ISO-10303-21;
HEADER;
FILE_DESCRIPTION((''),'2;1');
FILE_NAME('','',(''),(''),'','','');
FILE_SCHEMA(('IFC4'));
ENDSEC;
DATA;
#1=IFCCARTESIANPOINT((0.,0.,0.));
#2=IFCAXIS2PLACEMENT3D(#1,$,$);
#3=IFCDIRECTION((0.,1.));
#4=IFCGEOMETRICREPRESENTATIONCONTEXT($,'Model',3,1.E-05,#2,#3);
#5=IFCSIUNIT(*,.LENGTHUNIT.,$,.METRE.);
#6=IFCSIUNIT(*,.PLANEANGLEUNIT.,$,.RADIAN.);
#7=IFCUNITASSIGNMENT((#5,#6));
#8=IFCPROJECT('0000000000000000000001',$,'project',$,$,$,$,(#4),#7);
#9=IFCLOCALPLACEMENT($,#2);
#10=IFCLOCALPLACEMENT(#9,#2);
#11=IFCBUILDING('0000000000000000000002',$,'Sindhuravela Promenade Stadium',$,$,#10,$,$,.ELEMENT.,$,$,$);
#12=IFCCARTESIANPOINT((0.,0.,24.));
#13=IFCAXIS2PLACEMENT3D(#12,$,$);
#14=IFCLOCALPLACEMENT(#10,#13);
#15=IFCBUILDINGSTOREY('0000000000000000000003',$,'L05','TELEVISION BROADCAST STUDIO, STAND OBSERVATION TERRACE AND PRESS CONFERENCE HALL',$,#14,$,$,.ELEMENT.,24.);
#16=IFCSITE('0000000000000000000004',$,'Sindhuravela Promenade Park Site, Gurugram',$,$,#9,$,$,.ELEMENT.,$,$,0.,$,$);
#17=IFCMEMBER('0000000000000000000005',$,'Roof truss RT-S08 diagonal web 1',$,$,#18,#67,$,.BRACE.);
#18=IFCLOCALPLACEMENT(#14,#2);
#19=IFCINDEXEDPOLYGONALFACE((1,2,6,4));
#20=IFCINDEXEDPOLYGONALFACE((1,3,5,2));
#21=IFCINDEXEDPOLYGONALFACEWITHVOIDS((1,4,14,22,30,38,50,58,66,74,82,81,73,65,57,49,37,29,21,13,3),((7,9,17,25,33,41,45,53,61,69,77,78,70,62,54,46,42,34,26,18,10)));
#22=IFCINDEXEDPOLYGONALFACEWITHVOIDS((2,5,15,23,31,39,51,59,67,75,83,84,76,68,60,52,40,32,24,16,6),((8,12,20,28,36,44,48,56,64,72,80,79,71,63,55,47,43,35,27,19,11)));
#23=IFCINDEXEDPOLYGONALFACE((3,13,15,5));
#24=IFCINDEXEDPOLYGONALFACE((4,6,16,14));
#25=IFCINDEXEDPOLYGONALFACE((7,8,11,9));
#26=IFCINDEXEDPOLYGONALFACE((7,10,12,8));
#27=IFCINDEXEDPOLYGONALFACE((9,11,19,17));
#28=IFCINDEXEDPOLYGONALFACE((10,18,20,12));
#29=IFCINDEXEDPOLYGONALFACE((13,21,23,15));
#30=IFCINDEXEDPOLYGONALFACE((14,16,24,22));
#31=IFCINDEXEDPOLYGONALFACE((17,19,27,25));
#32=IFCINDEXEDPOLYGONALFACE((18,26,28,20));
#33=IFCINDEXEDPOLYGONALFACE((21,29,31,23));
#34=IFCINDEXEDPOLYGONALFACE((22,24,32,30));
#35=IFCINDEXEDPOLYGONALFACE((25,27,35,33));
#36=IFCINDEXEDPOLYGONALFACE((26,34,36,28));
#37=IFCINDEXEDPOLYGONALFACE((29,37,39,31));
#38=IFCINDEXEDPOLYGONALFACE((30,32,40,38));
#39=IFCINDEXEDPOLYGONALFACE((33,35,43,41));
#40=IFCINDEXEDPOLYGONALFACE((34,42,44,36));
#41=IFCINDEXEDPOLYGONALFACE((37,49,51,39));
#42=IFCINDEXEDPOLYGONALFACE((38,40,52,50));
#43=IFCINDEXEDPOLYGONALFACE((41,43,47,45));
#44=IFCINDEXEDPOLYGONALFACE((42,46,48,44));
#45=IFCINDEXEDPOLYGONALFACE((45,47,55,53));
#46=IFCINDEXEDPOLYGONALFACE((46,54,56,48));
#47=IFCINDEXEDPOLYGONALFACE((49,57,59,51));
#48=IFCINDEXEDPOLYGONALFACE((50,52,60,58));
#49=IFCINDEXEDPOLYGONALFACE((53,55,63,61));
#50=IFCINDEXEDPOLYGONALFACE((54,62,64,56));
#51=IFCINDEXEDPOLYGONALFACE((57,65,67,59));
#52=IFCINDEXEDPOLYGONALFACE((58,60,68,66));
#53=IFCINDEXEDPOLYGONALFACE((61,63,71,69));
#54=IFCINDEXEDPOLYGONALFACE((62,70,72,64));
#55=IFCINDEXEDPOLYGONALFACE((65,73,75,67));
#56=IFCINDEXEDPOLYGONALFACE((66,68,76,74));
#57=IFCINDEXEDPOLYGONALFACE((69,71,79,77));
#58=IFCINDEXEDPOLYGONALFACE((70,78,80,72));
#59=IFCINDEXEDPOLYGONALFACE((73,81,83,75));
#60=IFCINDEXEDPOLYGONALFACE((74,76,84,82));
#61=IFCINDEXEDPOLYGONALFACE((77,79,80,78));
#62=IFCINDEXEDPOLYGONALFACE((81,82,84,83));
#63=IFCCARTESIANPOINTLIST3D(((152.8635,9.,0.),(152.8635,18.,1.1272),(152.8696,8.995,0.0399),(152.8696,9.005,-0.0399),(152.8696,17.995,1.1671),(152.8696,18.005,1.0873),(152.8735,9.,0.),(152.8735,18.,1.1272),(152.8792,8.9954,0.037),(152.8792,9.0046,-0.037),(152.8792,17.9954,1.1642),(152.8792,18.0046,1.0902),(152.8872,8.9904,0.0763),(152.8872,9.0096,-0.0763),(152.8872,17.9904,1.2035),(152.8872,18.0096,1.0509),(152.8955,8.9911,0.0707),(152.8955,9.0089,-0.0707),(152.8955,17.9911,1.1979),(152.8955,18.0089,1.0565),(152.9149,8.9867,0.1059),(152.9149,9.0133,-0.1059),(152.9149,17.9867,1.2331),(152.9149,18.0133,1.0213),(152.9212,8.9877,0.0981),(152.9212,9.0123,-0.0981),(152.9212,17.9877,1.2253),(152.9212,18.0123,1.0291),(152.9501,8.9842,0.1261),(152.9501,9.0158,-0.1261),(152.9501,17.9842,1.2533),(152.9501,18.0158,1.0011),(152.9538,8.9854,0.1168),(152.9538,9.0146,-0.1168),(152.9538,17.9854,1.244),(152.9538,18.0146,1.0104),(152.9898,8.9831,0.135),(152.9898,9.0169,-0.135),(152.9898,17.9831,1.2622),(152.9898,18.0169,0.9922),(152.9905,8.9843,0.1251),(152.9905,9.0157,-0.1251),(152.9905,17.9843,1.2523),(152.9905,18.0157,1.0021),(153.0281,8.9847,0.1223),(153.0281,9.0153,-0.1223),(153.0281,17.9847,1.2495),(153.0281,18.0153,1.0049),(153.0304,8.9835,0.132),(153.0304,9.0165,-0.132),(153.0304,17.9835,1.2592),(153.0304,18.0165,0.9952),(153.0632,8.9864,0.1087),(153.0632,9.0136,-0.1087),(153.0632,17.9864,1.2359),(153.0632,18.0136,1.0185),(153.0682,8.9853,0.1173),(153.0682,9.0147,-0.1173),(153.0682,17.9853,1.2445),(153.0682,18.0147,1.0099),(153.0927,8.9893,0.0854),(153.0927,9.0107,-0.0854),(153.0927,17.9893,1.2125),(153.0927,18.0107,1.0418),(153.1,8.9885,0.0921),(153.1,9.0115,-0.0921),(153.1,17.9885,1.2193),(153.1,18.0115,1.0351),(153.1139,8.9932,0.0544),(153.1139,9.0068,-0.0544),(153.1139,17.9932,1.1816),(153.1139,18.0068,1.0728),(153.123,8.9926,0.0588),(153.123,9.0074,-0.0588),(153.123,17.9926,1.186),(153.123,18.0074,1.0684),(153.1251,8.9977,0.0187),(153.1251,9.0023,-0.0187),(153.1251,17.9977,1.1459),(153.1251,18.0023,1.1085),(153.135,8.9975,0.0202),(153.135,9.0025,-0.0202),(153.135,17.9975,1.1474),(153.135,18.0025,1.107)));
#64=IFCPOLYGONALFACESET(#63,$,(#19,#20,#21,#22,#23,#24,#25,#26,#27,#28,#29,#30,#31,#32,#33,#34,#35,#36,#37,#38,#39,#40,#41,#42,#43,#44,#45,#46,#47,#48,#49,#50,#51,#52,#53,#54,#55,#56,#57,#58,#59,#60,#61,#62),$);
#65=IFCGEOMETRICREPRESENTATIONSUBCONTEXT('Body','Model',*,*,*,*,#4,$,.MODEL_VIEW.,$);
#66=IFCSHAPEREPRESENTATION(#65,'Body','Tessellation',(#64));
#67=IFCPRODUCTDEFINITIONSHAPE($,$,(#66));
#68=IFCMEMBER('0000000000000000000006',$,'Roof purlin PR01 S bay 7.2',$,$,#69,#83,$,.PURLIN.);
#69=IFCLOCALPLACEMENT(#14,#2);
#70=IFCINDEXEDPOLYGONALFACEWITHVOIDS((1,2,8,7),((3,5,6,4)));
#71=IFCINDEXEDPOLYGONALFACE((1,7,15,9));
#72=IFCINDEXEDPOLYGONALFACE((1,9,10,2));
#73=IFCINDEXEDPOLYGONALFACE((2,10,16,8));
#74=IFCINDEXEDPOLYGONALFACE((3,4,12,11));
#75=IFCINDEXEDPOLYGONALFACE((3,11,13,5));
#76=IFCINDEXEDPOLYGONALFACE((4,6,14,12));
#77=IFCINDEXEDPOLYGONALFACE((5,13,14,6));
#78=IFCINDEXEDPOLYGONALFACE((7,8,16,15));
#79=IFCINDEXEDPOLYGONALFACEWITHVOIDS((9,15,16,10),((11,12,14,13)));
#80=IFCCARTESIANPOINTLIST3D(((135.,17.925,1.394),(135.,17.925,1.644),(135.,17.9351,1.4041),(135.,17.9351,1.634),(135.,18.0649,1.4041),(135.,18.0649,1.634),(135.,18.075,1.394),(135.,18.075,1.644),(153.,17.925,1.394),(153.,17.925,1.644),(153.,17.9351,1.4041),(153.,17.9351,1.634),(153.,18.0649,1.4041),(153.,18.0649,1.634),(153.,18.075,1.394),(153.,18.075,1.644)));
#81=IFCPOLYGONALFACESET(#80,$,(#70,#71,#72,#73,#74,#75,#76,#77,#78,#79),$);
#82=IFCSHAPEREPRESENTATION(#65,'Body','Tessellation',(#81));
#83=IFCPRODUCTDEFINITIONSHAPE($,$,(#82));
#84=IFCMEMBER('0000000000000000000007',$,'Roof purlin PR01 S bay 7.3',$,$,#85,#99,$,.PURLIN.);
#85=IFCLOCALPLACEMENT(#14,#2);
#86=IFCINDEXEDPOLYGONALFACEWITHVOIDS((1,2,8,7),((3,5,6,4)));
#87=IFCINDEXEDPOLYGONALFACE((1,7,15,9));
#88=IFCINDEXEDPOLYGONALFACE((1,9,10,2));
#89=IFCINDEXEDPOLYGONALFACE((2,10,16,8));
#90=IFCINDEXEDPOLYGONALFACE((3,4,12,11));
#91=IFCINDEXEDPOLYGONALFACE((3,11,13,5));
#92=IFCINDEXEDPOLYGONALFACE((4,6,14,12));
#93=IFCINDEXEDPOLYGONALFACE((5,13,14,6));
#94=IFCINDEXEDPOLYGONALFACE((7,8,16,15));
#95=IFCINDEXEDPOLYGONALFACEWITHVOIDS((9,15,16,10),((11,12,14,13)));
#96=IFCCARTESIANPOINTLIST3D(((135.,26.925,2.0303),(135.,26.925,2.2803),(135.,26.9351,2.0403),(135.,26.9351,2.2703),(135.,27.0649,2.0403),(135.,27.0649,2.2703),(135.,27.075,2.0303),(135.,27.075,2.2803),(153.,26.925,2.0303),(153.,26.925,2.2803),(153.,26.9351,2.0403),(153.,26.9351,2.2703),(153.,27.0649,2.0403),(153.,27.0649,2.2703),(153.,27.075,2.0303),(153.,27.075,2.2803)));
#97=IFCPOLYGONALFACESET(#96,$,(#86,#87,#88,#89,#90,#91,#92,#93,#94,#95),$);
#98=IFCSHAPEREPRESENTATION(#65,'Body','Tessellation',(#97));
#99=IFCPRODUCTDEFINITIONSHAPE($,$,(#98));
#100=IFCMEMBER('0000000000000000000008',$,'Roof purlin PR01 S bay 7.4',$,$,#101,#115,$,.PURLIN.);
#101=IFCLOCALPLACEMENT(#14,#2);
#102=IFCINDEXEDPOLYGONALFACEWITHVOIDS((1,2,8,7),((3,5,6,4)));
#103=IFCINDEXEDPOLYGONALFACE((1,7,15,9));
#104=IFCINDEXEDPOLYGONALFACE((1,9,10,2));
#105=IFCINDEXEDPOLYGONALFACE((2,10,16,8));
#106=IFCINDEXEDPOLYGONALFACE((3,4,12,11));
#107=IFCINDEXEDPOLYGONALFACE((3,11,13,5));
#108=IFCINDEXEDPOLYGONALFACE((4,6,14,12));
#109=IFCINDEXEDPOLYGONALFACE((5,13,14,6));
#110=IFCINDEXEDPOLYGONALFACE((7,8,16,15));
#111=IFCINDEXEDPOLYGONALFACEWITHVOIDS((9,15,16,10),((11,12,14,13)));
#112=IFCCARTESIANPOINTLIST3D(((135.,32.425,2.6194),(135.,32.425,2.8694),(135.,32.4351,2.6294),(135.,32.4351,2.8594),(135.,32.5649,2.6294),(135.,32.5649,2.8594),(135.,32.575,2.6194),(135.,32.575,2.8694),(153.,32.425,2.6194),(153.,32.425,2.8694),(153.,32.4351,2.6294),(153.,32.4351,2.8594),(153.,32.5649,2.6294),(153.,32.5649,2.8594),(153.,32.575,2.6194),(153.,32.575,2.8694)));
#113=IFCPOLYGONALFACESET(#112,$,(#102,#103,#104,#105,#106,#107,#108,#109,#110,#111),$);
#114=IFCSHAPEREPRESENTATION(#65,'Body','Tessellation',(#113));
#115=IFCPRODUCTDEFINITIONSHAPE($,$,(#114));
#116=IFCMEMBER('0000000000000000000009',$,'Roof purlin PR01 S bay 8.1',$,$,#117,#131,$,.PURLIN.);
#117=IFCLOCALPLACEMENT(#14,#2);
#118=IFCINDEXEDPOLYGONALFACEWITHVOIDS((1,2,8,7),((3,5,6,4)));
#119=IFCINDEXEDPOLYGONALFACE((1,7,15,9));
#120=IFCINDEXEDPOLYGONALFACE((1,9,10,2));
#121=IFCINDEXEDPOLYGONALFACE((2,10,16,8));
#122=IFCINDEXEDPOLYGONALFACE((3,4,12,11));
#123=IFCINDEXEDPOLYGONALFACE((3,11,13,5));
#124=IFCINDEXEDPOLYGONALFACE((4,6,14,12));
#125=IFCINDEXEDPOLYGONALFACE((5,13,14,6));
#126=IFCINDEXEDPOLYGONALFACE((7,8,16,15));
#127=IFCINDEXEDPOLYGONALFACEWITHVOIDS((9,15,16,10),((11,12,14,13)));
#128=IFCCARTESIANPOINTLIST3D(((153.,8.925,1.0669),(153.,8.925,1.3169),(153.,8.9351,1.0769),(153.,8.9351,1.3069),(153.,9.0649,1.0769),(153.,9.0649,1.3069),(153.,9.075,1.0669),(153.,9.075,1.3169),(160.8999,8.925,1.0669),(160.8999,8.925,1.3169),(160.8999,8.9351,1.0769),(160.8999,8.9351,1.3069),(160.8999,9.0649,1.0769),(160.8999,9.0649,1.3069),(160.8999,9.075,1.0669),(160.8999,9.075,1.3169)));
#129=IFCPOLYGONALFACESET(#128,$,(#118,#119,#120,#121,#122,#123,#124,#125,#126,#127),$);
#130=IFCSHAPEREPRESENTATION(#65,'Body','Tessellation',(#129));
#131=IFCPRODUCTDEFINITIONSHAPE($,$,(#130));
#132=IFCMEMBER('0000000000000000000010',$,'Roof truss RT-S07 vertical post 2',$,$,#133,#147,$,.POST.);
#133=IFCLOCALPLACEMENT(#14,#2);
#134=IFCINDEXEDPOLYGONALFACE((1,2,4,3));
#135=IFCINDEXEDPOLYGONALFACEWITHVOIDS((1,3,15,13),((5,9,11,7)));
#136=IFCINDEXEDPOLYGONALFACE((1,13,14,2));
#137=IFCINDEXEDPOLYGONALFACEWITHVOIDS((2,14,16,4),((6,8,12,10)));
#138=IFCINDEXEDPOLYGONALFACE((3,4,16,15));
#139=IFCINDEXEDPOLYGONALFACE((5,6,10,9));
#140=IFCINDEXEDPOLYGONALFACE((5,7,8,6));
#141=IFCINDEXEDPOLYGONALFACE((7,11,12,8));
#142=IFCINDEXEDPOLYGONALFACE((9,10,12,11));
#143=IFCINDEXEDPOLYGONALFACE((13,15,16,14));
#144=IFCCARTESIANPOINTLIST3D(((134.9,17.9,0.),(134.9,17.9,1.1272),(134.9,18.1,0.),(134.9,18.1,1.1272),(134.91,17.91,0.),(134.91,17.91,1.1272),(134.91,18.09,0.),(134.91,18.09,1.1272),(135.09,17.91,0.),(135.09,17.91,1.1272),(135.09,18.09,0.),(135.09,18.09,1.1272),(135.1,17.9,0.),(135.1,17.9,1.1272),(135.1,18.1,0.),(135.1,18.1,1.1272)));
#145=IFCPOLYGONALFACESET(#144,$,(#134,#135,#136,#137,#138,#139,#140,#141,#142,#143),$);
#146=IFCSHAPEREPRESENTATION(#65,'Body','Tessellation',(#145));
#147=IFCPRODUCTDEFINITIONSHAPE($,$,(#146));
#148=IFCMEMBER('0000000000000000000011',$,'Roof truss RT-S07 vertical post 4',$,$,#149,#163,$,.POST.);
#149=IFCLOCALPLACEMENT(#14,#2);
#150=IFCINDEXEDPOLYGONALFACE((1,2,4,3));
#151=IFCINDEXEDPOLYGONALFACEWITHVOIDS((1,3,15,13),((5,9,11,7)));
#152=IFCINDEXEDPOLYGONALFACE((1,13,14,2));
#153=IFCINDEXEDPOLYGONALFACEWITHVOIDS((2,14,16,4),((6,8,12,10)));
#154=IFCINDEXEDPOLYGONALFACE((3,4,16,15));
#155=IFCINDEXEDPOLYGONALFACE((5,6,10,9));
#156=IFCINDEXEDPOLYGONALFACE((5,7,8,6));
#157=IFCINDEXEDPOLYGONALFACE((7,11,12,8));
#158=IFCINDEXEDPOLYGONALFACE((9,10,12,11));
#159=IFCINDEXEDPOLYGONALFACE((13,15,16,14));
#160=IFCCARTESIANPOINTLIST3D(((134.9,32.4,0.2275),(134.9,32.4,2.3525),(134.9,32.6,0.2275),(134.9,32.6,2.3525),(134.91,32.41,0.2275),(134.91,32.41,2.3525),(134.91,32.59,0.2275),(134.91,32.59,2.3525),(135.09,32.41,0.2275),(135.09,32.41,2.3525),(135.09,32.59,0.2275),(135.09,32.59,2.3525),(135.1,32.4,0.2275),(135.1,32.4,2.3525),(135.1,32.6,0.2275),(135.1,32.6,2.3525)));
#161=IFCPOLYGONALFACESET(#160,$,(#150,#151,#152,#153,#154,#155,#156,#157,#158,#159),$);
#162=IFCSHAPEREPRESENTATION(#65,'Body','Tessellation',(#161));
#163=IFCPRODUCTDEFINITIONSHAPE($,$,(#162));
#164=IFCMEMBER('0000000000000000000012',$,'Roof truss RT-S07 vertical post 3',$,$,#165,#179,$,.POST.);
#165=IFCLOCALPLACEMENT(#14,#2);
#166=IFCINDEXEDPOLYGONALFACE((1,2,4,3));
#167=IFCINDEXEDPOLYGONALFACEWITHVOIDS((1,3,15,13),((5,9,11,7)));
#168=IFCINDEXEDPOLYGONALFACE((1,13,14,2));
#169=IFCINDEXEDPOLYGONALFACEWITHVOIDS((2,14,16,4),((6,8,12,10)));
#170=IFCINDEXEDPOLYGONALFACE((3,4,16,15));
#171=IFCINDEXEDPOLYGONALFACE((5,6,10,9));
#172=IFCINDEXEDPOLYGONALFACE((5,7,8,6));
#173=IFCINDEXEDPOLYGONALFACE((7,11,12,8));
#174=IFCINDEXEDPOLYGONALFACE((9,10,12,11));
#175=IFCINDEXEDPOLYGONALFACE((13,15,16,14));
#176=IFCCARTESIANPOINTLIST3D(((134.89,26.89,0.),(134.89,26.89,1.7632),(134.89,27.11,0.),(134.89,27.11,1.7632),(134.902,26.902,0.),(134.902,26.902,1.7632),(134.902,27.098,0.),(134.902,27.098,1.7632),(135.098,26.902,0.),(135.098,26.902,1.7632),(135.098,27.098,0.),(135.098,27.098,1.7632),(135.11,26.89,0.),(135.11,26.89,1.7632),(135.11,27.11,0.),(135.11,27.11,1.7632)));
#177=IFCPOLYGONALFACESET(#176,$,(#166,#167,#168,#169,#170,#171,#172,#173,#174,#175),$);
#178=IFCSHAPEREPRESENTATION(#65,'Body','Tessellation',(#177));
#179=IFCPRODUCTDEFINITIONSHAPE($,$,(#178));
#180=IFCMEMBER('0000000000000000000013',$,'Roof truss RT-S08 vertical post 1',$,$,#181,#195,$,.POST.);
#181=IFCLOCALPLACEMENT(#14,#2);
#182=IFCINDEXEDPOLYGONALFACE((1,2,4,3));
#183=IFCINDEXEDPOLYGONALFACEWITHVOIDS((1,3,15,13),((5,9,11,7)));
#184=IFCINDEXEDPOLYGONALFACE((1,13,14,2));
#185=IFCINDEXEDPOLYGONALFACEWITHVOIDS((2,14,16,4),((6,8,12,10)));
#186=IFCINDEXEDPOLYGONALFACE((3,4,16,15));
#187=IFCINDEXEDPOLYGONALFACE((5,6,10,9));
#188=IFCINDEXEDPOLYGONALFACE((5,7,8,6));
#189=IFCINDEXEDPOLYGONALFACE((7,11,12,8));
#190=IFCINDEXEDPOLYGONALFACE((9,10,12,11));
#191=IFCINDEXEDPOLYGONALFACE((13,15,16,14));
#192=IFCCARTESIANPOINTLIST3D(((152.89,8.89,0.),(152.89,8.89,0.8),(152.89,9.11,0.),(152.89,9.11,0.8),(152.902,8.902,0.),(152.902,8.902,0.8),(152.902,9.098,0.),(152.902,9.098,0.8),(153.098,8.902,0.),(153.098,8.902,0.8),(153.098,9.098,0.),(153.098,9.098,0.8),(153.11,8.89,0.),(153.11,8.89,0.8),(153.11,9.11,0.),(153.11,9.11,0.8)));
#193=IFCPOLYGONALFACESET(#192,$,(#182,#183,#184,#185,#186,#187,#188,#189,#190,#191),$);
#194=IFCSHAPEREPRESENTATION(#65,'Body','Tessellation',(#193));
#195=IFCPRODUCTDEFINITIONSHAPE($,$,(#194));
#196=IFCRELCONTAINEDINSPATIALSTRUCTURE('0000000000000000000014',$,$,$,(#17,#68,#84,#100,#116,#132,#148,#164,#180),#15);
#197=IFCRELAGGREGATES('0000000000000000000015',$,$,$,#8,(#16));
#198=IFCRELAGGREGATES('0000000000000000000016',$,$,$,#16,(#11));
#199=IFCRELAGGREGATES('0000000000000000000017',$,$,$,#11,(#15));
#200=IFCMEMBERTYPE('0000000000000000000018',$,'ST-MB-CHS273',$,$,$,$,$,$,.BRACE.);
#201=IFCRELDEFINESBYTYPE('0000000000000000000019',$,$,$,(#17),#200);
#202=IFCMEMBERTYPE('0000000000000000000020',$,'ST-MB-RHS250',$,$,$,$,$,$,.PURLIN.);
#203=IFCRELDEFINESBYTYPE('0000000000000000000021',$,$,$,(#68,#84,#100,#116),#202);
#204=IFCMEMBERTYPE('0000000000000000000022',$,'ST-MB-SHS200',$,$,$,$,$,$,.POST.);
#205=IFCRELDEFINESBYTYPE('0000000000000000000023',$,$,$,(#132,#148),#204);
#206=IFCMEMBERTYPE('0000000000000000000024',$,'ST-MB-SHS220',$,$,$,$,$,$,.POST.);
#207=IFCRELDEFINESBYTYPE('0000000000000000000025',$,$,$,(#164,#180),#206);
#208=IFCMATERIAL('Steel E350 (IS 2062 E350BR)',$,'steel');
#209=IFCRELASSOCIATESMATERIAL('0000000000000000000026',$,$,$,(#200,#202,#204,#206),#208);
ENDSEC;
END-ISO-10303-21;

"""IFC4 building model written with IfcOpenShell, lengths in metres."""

from ifc_helpers import new_model, si_unit, direction, frame, origin, origin_2d, place, context, subcontext, project, spatial, hollow_rectangle, hollow_circle, extrude, material, material_profile, profile_set, type_object, element, save


model = new_model("IFC4")

# Units and contexts
model_context = context("Model", 3, precision=1e-05, world=origin(), true_north=direction((0.0, 1.0)))
body_context = subcontext(model_context, "Body", "Model", "MODEL_VIEW")
ifc_project = project(units=[si_unit("LENGTHUNIT", "METRE"), si_unit("PLANEANGLEUNIT", "RADIAN")], contexts=[model_context])

# Site, building, storey
site_placement = place(None, origin())
site = spatial("IfcSite", under=ifc_project, at=site_placement, Name="Sindhuravela Promenade Park Site, Gurugram", CompositionType="ELEMENT", RefElevation=0.0)
building_placement = place(site_placement, origin())
building = spatial("IfcBuilding", under=site, at=building_placement, Name="Sindhuravela Promenade Stadium", CompositionType="ELEMENT")
storey_placement = place(building_placement, frame((0.0, 0.0, 24.0)))
storey = spatial("IfcBuildingStorey", under=building, at=storey_placement, Name="L05", Description="TELEVISION BROADCAST STUDIO, STAND OBSERVATION TERRACE AND PRESS CONFERENCE HALL", CompositionType="ELEMENT", Elevation=24.0)

# Shared definitions
ifc_material_1 = material(Name="Steel E350 (IS 2062 E350BR)", Category="steel")

# Members
ifc_material_profile_1 = material_profile(ifc_material_1, hollow_circle(Radius=0.1365, WallThickness=0.01, at=origin_2d()), Name="CHS 273.0x10")
ifc_profile_set_1 = profile_set([ifc_material_profile_1], Name="Steel E350 (IS 2062 E350BR)")
member_type_1 = type_object("IfcMemberType", Name="ST-MB-CHS273", PredefinedType="BRACE", material=ifc_profile_set_1)
member_1_placement = place(storey_placement, frame((153.0, 9.0, 0.0), z_axis=(0.0, 0.992248, 0.124273), x_axis=(-1.0, 0.0, 0.0)))
element("IfcMember", 1, at=member_1_placement, inside=storey, type_object=member_type_1, Name="Roof truss RT-S08 diagonal web 1", PredefinedType="BRACE", context=body_context, shape_type="SweptSolid", body=[
    extrude(hollow_circle(Radius=0.1365, WallThickness=0.01, at=origin_2d()), origin(), (0.0, 0.0, 1.0), 9.0703),
])
ifc_material_profile_2 = material_profile(ifc_material_1, hollow_rectangle(XDim=0.1499, YDim=0.25, WallThickness=0.01, at=origin_2d()), Name="RHS 250x150x10")
ifc_profile_set_2 = profile_set([ifc_material_profile_2], Name="Steel E350 (IS 2062 E350BR)")
member_type_2 = type_object("IfcMemberType", Name="ST-MB-RHS250", PredefinedType="PURLIN", material=ifc_profile_set_2)
for number, where, z_axis, x_axis, name in (
    (2, (135.0, 18.0, 1.519), (1.0, 0.0, 0.0), (0.0, 1.0, 0.0), "Roof purlin PR01 S bay 7.2"),
    (3, (135.0, 27.0, 2.1553), (1.0, 0.0, 0.0), (0.0, 1.0, 0.0), "Roof purlin PR01 S bay 7.3"),
    (4, (135.0, 32.5, 2.7444), (1.0, 0.0, 0.0), (0.0, 1.0, 0.0), "Roof purlin PR01 S bay 7.4"),
):
    element("IfcMember", number, at=place(storey_placement, frame(where, z_axis=z_axis, x_axis=x_axis)), inside=storey, type_object=member_type_2, Name=name, PredefinedType="PURLIN", context=body_context, shape_type="SweptSolid", body=[
        extrude(hollow_rectangle(XDim=0.1499, YDim=0.25, WallThickness=0.01, at=origin_2d()), origin(), (0.0, 0.0, 1.0), 18.0),
    ])
member_2_placement = place(storey_placement, frame((153.0, 9.0, 1.1919), z_axis=(1.0, 0.0, 0.0), x_axis=(0.0, 1.0, 0.0)))
element("IfcMember", 5, at=member_2_placement, inside=storey, type_object=member_type_2, Name="Roof purlin PR01 S bay 8.1", PredefinedType="PURLIN", context=body_context, shape_type="SweptSolid", body=[
    extrude(hollow_rectangle(XDim=0.1499, YDim=0.25, WallThickness=0.01, at=origin_2d()), origin(), (0.0, 0.0, 1.0), 7.8999),
])
ifc_material_profile_3 = material_profile(ifc_material_1, hollow_rectangle(XDim=0.2, YDim=0.2, WallThickness=0.01, at=origin_2d()), Name="SHS 200x200x10")
ifc_profile_set_3 = profile_set([ifc_material_profile_3], Name="Steel E350 (IS 2062 E350BR)")
member_type_3 = type_object("IfcMemberType", Name="ST-MB-SHS200", PredefinedType="POST", material=ifc_profile_set_3)
member_3_placement = place(storey_placement, frame((135.0, 18.0, 0.0), z_axis=(0.0, 0.0, 1.0), x_axis=(1.0, 0.0, 0.0)))
element("IfcMember", 6, at=member_3_placement, inside=storey, type_object=member_type_3, Name="Roof truss RT-S07 vertical post 2", PredefinedType="POST", context=body_context, shape_type="SweptSolid", body=[
    extrude(hollow_rectangle(XDim=0.2, YDim=0.2, WallThickness=0.01, at=origin_2d()), origin(), (0.0, 0.0, 1.0), 1.1272),
])
member_4_placement = place(storey_placement, frame((135.0, 32.5, 0.2275), z_axis=(0.0, 0.0, 1.0), x_axis=(1.0, 0.0, 0.0)))
element("IfcMember", 7, at=member_4_placement, inside=storey, type_object=member_type_3, Name="Roof truss RT-S07 vertical post 4", PredefinedType="POST", context=body_context, shape_type="SweptSolid", body=[
    extrude(hollow_rectangle(XDim=0.2, YDim=0.2, WallThickness=0.01, at=origin_2d()), origin(), (0.0, 0.0, 1.0), 2.125),
])
ifc_material_profile_4 = material_profile(ifc_material_1, hollow_rectangle(XDim=0.22, YDim=0.22, WallThickness=0.012, at=origin_2d()), Name="SHS 220x220x12")
ifc_profile_set_4 = profile_set([ifc_material_profile_4], Name="Steel E350 (IS 2062 E350BR)")
member_type_4 = type_object("IfcMemberType", Name="ST-MB-SHS220", PredefinedType="POST", material=ifc_profile_set_4)
member_5_placement = place(storey_placement, frame((135.0, 27.0, 0.0), z_axis=(0.0, 0.0, 1.0), x_axis=(1.0, 0.0, 0.0)))
element("IfcMember", 8, at=member_5_placement, inside=storey, type_object=member_type_4, Name="Roof truss RT-S07 vertical post 3", PredefinedType="POST", context=body_context, shape_type="SweptSolid", body=[
    extrude(hollow_rectangle(XDim=0.22, YDim=0.22, WallThickness=0.012, at=origin_2d()), origin(), (0.0, 0.0, 1.0), 1.7632),
])
member_6_placement = place(storey_placement, frame((153.0, 9.0, 0.0), z_axis=(0.0, 0.0, 1.0), x_axis=(1.0, 0.0, 0.0)))
element("IfcMember", 9, at=member_6_placement, inside=storey, type_object=member_type_4, Name="Roof truss RT-S08 vertical post 1", PredefinedType="POST", context=body_context, shape_type="SweptSolid", body=[
    extrude(hollow_rectangle(XDim=0.22, YDim=0.22, WallThickness=0.012, at=origin_2d()), origin(), (0.0, 0.0, 1.0), 0.8),
])

save(model, "model.ifc")
